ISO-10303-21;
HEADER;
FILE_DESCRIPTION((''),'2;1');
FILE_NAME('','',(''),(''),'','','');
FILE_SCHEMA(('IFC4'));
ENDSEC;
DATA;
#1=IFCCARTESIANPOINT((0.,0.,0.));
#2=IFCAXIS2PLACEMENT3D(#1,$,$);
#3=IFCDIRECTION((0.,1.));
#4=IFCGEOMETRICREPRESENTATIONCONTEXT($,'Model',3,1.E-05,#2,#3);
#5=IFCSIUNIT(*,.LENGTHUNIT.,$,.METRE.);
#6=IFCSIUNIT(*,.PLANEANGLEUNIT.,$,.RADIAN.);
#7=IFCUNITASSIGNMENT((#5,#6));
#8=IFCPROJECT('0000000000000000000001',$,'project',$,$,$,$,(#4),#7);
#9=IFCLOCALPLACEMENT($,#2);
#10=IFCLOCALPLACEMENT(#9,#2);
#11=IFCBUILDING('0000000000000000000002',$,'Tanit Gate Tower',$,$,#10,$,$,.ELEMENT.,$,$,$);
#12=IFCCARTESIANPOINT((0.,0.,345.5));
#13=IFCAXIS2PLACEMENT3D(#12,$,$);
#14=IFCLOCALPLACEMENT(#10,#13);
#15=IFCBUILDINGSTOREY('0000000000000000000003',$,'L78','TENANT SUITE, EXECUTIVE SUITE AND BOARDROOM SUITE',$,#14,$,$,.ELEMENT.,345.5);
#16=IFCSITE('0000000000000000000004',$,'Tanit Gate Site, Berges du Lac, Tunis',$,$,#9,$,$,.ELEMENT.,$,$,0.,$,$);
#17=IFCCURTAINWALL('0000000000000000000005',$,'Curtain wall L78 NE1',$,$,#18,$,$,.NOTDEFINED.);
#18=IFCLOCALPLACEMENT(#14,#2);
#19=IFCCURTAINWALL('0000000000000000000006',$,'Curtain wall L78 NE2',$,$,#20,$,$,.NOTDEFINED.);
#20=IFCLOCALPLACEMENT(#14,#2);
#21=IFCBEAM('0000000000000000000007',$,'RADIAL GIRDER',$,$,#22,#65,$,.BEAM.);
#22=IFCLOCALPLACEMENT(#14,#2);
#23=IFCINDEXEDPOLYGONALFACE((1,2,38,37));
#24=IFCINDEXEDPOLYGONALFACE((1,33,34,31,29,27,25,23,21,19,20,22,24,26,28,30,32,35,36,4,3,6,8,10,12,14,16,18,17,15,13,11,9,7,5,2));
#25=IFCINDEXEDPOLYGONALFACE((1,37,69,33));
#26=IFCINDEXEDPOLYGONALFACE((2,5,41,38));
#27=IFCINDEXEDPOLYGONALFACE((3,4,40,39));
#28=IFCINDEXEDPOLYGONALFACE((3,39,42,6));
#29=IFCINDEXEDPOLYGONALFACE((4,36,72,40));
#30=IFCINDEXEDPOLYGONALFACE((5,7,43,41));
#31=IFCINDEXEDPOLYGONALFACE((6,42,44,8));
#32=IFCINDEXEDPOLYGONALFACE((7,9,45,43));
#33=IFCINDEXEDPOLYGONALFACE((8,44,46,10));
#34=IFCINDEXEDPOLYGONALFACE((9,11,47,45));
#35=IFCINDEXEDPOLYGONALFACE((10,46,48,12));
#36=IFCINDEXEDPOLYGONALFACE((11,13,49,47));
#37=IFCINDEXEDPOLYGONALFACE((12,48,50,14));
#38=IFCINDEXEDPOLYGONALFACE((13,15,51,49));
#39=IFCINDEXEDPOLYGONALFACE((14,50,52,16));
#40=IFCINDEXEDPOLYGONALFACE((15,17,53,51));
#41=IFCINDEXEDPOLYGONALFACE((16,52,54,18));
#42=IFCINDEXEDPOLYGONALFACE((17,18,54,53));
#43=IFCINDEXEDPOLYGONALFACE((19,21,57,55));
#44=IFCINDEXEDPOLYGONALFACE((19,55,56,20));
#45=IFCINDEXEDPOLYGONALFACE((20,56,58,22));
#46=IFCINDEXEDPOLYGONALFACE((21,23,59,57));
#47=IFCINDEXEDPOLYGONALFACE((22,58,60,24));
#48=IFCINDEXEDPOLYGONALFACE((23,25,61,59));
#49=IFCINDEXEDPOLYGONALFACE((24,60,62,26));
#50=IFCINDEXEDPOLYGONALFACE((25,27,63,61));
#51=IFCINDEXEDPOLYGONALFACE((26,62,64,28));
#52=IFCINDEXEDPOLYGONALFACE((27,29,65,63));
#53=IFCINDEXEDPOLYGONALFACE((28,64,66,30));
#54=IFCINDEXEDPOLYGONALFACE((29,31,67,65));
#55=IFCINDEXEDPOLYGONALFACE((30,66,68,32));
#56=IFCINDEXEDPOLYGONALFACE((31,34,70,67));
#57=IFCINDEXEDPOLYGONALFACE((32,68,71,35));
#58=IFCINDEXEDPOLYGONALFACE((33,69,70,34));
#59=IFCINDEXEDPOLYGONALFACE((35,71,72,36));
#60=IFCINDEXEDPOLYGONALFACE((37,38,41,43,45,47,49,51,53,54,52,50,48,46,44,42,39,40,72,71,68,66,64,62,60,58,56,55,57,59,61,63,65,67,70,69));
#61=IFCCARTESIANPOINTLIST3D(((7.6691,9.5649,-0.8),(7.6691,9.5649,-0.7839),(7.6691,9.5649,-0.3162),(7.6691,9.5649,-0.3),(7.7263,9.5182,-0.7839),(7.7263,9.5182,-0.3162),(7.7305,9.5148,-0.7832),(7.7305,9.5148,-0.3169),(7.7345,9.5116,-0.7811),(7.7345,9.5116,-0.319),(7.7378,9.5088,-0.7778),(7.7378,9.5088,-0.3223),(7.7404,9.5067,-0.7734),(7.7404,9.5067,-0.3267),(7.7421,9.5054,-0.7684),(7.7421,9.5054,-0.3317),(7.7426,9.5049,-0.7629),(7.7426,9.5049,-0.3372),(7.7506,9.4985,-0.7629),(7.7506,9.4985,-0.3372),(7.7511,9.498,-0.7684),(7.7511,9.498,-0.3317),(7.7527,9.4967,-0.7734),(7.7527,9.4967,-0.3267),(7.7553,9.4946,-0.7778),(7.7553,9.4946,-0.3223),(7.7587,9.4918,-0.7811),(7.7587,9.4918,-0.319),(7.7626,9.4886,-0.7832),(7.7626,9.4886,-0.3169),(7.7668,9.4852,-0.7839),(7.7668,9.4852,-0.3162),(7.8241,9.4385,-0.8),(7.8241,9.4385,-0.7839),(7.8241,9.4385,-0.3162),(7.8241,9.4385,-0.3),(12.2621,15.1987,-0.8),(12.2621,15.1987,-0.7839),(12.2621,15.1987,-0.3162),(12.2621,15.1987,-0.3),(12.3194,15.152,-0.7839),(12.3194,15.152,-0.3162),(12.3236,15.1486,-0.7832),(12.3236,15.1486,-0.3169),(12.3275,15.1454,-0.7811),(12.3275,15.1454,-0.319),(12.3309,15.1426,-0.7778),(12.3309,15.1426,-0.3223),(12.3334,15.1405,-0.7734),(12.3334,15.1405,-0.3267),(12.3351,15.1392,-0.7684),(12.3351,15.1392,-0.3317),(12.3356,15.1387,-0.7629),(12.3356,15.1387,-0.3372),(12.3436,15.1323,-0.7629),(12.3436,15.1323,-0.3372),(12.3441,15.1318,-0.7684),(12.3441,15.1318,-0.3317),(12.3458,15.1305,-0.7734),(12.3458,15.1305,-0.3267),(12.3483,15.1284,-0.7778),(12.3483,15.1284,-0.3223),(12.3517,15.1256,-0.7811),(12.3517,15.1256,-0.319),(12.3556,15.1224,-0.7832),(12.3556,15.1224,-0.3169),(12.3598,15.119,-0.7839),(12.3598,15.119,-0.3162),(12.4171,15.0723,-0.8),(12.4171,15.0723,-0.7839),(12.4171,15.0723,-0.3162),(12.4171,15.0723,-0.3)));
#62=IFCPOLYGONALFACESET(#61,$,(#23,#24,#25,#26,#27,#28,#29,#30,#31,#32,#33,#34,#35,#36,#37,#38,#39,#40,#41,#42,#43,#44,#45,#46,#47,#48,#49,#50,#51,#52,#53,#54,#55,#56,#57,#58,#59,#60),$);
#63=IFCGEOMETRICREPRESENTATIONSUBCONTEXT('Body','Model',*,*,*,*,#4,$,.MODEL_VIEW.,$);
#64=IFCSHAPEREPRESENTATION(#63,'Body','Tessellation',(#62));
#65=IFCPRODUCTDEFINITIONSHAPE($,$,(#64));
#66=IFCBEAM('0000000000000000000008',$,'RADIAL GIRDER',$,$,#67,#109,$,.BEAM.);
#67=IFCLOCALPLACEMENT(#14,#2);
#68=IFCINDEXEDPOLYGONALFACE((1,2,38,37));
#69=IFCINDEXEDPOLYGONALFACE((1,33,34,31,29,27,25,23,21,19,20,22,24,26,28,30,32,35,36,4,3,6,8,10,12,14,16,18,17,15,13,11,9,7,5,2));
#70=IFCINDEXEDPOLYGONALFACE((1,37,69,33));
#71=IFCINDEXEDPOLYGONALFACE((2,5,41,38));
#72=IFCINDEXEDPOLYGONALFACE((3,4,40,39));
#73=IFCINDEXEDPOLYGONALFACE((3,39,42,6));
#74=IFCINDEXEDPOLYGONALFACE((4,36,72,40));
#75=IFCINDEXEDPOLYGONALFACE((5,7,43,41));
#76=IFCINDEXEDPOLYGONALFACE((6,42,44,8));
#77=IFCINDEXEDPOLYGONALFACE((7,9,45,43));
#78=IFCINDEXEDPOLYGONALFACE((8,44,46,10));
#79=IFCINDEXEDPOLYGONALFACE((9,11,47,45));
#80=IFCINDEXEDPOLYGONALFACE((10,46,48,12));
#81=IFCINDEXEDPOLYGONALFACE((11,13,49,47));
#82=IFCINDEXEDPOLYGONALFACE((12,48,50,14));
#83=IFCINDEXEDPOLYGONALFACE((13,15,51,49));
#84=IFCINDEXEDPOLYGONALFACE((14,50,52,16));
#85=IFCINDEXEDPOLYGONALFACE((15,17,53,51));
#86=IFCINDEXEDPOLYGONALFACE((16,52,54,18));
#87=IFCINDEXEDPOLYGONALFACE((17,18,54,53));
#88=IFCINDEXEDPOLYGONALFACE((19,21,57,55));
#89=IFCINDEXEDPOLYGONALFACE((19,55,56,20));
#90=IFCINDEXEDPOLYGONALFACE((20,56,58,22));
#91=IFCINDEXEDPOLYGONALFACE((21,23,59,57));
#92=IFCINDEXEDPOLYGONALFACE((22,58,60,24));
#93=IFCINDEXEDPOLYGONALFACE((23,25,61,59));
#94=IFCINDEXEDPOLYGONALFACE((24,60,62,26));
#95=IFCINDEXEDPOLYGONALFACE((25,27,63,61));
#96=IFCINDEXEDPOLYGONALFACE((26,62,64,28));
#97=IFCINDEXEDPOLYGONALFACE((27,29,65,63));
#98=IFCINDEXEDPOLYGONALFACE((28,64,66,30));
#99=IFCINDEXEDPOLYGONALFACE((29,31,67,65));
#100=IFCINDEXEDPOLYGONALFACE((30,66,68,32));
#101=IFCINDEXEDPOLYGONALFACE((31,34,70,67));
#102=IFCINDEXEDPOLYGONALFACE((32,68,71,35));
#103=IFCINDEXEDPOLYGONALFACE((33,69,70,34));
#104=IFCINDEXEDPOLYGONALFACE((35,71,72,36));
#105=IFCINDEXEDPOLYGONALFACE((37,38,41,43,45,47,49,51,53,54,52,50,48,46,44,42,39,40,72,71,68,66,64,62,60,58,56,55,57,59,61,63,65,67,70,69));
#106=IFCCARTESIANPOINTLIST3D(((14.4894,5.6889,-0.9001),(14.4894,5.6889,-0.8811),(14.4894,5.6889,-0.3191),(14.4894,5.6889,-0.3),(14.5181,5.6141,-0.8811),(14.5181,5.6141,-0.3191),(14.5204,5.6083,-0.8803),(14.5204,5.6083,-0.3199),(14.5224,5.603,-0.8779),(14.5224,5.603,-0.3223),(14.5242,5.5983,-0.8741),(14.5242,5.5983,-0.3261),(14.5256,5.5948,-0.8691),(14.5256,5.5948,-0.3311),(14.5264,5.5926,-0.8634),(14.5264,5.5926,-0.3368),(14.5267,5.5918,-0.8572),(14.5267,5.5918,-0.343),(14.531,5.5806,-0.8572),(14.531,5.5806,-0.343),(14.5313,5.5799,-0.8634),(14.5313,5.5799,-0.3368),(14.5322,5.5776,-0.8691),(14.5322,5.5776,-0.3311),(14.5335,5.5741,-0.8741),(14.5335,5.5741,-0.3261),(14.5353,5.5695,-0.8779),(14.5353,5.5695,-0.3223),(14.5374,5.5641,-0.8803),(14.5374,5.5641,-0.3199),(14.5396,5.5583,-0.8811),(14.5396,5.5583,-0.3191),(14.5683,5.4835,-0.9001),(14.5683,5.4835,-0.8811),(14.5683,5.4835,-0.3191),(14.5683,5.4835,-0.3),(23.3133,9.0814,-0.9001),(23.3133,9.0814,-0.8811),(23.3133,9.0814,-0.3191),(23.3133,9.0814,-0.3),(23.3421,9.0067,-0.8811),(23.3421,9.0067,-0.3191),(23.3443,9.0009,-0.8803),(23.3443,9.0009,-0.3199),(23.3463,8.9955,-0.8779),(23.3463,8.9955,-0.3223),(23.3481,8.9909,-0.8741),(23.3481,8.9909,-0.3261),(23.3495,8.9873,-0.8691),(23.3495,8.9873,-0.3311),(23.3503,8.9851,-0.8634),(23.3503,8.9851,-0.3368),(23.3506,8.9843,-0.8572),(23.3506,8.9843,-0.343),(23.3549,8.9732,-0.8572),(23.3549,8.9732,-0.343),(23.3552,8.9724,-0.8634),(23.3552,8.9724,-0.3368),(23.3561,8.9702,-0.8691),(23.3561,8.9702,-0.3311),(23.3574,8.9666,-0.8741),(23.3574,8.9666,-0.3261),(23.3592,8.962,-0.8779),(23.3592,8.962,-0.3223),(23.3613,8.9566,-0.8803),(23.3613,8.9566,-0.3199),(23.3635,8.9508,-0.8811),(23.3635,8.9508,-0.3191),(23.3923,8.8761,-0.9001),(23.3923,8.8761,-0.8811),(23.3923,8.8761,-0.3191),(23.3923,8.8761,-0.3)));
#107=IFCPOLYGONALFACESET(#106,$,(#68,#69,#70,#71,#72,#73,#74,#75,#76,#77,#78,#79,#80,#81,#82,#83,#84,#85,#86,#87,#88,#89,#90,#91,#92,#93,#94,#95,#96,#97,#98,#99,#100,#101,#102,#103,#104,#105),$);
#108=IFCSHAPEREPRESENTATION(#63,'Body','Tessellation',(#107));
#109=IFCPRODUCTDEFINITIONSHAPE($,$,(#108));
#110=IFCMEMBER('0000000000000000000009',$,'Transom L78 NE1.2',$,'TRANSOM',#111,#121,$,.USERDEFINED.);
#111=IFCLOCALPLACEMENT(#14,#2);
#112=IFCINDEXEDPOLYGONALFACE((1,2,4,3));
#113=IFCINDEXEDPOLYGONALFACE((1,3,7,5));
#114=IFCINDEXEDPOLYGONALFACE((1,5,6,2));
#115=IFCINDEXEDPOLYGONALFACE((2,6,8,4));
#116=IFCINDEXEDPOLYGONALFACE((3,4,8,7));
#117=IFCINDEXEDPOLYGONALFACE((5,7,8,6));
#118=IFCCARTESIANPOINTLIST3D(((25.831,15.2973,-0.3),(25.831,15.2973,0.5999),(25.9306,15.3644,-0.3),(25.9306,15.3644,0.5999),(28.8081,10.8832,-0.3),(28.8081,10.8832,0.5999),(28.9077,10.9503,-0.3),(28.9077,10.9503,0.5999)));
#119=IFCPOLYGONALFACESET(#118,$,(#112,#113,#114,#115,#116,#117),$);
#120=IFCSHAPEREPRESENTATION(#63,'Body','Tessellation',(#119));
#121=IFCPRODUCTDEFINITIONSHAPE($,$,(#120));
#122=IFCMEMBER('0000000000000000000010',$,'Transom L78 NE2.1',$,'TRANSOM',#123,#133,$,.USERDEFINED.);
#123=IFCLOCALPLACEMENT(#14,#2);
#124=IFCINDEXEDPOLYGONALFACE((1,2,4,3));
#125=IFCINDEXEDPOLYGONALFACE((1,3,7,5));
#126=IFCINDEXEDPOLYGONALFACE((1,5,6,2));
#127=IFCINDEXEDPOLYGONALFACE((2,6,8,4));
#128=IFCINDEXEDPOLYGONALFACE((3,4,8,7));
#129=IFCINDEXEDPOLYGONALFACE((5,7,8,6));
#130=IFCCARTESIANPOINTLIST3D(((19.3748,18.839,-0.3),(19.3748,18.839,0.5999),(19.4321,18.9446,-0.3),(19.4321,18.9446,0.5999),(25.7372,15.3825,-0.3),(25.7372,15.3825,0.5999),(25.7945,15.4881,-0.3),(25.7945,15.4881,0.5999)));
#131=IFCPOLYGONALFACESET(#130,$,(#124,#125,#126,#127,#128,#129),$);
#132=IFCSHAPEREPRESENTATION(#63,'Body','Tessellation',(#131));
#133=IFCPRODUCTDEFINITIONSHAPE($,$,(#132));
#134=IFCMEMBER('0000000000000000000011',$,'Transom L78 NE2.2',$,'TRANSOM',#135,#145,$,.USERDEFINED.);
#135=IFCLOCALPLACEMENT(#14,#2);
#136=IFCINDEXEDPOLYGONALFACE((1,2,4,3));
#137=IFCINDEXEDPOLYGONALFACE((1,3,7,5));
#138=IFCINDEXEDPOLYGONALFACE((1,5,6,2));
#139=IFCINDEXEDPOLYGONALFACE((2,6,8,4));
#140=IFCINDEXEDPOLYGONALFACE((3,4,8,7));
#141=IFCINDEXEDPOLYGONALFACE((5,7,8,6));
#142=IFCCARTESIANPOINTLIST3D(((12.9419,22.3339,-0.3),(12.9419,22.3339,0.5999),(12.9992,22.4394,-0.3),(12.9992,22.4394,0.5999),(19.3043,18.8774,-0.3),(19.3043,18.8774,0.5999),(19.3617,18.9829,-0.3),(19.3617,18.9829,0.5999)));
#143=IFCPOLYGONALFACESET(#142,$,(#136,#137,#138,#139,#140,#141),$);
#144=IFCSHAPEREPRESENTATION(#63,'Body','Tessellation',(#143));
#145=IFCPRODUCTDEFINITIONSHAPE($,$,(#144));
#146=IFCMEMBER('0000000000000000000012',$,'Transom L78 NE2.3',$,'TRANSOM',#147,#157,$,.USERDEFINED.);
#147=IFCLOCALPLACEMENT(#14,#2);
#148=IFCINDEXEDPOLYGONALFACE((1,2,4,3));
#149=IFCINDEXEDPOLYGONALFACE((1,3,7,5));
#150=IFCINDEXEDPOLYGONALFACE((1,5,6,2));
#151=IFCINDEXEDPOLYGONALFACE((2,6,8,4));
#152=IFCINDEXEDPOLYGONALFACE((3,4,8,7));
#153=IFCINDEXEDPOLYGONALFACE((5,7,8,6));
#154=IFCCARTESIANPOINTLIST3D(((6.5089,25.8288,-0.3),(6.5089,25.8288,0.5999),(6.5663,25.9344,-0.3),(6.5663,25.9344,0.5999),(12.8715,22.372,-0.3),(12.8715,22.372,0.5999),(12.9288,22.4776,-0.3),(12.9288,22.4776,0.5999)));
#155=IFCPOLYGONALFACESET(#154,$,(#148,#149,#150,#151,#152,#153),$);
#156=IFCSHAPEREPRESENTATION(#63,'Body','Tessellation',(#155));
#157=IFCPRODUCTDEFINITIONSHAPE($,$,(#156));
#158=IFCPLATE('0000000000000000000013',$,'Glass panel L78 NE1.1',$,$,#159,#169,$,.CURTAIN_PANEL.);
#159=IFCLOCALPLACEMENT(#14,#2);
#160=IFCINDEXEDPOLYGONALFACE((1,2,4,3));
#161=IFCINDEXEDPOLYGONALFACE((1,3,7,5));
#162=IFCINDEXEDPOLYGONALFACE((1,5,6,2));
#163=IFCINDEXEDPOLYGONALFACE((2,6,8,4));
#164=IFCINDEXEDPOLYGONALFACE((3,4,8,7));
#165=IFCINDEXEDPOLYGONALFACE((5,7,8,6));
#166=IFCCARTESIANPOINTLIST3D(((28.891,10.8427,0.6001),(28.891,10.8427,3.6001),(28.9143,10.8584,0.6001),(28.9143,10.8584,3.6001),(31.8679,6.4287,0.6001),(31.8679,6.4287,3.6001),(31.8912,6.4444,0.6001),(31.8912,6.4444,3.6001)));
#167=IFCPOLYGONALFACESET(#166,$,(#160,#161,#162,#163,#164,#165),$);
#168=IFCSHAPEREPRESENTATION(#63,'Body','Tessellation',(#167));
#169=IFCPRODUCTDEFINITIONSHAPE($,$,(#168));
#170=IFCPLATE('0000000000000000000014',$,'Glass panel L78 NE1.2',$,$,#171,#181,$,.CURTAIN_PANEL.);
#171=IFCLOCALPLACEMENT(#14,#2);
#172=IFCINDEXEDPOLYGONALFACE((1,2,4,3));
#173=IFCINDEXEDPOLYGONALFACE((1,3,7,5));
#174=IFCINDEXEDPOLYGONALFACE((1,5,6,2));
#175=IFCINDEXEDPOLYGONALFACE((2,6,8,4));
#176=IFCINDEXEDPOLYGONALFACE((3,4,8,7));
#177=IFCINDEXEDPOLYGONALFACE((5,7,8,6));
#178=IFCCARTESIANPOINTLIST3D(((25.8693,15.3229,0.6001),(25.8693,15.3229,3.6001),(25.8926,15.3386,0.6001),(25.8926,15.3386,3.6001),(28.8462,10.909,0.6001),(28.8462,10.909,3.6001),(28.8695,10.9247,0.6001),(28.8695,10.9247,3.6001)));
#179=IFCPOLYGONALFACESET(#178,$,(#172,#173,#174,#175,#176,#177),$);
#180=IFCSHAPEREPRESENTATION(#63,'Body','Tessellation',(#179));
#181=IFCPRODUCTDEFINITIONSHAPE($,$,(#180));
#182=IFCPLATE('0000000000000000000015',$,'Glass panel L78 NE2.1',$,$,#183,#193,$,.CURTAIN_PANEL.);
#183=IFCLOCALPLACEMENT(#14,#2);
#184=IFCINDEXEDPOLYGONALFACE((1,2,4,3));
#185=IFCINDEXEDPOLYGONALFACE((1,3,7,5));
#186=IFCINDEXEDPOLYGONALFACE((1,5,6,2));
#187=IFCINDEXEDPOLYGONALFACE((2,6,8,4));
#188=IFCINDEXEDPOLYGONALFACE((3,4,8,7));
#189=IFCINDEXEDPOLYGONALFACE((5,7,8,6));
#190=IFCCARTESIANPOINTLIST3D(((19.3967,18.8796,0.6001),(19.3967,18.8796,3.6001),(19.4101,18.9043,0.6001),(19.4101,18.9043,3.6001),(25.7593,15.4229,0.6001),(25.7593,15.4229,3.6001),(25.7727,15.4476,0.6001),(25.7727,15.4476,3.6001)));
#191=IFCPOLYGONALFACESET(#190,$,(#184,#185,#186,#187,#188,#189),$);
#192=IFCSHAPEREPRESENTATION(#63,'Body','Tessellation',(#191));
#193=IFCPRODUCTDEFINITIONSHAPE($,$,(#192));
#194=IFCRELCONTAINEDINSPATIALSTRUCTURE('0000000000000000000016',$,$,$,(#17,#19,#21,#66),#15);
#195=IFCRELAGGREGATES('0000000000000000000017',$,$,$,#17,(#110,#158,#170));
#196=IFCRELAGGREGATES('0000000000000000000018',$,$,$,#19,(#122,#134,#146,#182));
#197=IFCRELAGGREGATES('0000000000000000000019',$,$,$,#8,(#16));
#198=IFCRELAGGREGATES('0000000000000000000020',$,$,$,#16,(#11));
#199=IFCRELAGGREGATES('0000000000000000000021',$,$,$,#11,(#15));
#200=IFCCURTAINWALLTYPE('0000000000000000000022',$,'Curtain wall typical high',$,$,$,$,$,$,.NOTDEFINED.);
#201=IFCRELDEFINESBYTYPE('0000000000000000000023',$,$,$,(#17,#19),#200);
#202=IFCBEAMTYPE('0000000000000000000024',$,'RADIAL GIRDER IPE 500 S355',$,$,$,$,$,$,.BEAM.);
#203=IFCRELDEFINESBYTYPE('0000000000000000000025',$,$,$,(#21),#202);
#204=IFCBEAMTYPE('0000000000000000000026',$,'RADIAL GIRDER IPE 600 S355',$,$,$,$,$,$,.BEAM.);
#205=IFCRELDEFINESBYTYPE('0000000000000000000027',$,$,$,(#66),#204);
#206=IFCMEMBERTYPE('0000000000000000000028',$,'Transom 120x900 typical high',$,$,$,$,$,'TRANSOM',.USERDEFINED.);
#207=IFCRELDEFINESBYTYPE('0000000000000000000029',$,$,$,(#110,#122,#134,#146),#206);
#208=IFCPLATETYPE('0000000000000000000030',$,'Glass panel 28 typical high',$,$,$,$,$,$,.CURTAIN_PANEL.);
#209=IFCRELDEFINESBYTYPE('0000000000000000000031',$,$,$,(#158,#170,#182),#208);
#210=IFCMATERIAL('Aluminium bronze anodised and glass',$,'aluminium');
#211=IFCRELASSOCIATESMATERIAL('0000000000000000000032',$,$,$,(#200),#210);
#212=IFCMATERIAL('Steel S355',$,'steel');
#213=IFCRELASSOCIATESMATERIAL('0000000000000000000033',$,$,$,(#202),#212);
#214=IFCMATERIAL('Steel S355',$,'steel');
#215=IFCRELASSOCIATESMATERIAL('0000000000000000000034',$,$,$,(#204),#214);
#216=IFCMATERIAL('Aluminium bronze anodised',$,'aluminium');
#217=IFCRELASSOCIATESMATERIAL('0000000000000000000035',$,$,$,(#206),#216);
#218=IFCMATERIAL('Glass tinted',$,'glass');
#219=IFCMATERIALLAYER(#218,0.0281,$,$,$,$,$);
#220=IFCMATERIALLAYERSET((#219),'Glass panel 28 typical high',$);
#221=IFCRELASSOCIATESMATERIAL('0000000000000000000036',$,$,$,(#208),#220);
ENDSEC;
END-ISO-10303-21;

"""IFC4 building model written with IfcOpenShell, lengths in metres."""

from ifc_helpers import new_model, si_unit, direction, frame, origin, origin_2d, place, context, subcontext, project, spatial, rectangle, i_section, extrude, material, layer, layer_set, material_profile, profile_set, type_object, element, aggregate, save


model = new_model("IFC4")

# Units and contexts
model_context = context("Model", 3, precision=1e-05, world=origin(), true_north=direction((0.0, 1.0)))
body_context = subcontext(model_context, "Body", "Model", "MODEL_VIEW")
ifc_project = project(units=[si_unit("LENGTHUNIT", "METRE"), si_unit("PLANEANGLEUNIT", "RADIAN")], contexts=[model_context])

# Site, building, storey
site_placement = place(None, origin())
site = spatial("IfcSite", under=ifc_project, at=site_placement, Name="Tanit Gate Site, Berges du Lac, Tunis", CompositionType="ELEMENT", RefElevation=0.0)
building_placement = place(site_placement, origin())
building = spatial("IfcBuilding", under=site, at=building_placement, Name="Tanit Gate Tower", CompositionType="ELEMENT")
storey_placement = place(building_placement, frame((0.0, 0.0, 345.5)))
storey = spatial("IfcBuildingStorey", under=building, at=storey_placement, Name="L78", Description="TENANT SUITE, EXECUTIVE SUITE AND BOARDROOM SUITE", CompositionType="ELEMENT", Elevation=345.5)

# Curtain wall
ifc_material_1 = material(Name="Aluminium bronze anodised and glass", Category="aluminium")
curtain_wall_type = type_object("IfcCurtainWallType", Name="Curtain wall typical high", PredefinedType="NOTDEFINED", material=ifc_material_1)
curtain_wall_1_placement = place(storey_placement, origin())
curtain_wall_1 = element("IfcCurtainWall", 1, at=curtain_wall_1_placement, inside=storey, type_object=curtain_wall_type, Name="Curtain wall L78 NE1", PredefinedType="NOTDEFINED")

# Curtain wall
curtain_wall_2_placement = place(storey_placement, origin())
curtain_wall_2 = element("IfcCurtainWall", 2, at=curtain_wall_2_placement, inside=storey, type_object=curtain_wall_type, Name="Curtain wall L78 NE2", PredefinedType="NOTDEFINED")

# Beams
ifc_material_2 = material(Name="Steel S355", Category="steel")
ifc_material_profile_1 = material_profile(ifc_material_2, i_section(OverallWidth=0.2, OverallDepth=0.5, WebThickness=0.0103, FlangeThickness=0.0161, FilletRadius=0.021, at=origin_2d()), Name="IPE 500")
ifc_profile_set_1 = profile_set([ifc_material_profile_1], Name="Steel S355")
beam_type_1 = type_object("IfcBeamType", Name="RADIAL GIRDER IPE 500 S355", PredefinedType="BEAM", material=ifc_profile_set_1)
beam_1_placement = place(storey_placement, frame((12.3396, 15.1355, -0.55), z_axis=(-0.631882, -0.775065, 0.0), x_axis=(0.775065, -0.631882, 0.0)))
element("IfcBeam", 3, at=beam_1_placement, inside=storey, type_object=beam_type_1, Name="RADIAL GIRDER", PredefinedType="BEAM", context=body_context, shape_type="SweptSolid", body=[
    extrude(i_section(OverallWidth=0.2, OverallDepth=0.5, WebThickness=0.0103, FlangeThickness=0.0161, FilletRadius=0.021, at=origin_2d()), origin(), (0.0, 0.0, 1.0), 7.2688),
])
ifc_material_3 = material(Name="Steel S355", Category="steel")
ifc_material_profile_2 = material_profile(ifc_material_3, i_section(OverallWidth=0.22, OverallDepth=0.6001, WebThickness=0.012, FlangeThickness=0.019, FilletRadius=0.0239, at=origin_2d()), Name="IPE 600")
ifc_profile_set_2 = profile_set([ifc_material_profile_2], Name="Steel S355")
beam_type_2 = type_object("IfcBeamType", Name="RADIAL GIRDER IPE 600 S355", PredefinedType="BEAM", material=ifc_profile_set_2)
beam_2_placement = place(storey_placement, frame((23.3528, 8.9788, -0.6001), z_axis=(-0.93339, -0.358863, 0.0), x_axis=(0.358863, -0.93339, 0.0)))
element("IfcBeam", 4, at=beam_2_placement, inside=storey, type_object=beam_type_2, Name="RADIAL GIRDER", PredefinedType="BEAM", context=body_context, shape_type="SweptSolid", body=[
    extrude(i_section(OverallWidth=0.22, OverallDepth=0.6001, WebThickness=0.012, FlangeThickness=0.019, FilletRadius=0.0239, at=origin_2d()), origin(), (0.0, 0.0, 1.0), 9.4536),
])

# Members
ifc_material_4 = material(Name="Aluminium bronze anodised", Category="aluminium")
ifc_material_profile_3 = material_profile(ifc_material_4, rectangle(XDim=0.1201, YDim=0.8999, at=origin_2d()), Name="120x900 bronze transom")
ifc_profile_set_3 = profile_set([ifc_material_profile_3], Name="Aluminium bronze anodised")
member_type_1 = type_object("IfcMemberType", Name="Transom 120x900 typical high", ElementType="TRANSOM", PredefinedType="USERDEFINED", material=ifc_profile_set_3)
member_1_placement = place(storey_placement, frame((28.8579, 10.9167, 0.1499), z_axis=(-0.559158, 0.829061, 0.0), x_axis=(-0.829061, -0.559158, 0.0)))
member_1 = element("IfcMember", 5, at=member_1_placement, type_object=member_type_1, Name="Transom L78 NE1.2", ObjectType="TRANSOM", PredefinedType="USERDEFINED", context=body_context, shape_type="SweptSolid", body=[
    extrude(rectangle(XDim=0.1201, YDim=0.8999, at=origin_2d()), origin(), (0.0, 0.0, 1.0), 5.3242),
])
member_2_placement = place(storey_placement, frame((25.7659, 15.4353, 0.1499), z_axis=(-0.878704, 0.477368, 0.0), x_axis=(-0.477368, -0.878704, 0.0)))
member_2 = element("IfcMember", 6, at=member_2_placement, type_object=member_type_1, Name="Transom L78 NE2.1", ObjectType="TRANSOM", PredefinedType="USERDEFINED", context=body_context, shape_type="SweptSolid", body=[
    extrude(rectangle(XDim=0.1201, YDim=0.8999, at=origin_2d()), origin(), (0.0, 0.0, 1.0), 7.2407),
])
member_3_placement = place(storey_placement, frame((19.333, 18.9302, 0.1499), z_axis=(-0.878704, 0.477368, 0.0), x_axis=(-0.477368, -0.878704, 0.0)))
member_3 = element("IfcMember", 7, at=member_3_placement, type_object=member_type_1, Name="Transom L78 NE2.2", ObjectType="TRANSOM", PredefinedType="USERDEFINED", context=body_context, shape_type="SweptSolid", body=[
    extrude(rectangle(XDim=0.1201, YDim=0.8999, at=origin_2d()), origin(), (0.0, 0.0, 1.0), 7.2407),
])
member_4_placement = place(storey_placement, frame((12.9001, 22.4248, 0.1499), z_axis=(-0.878689, 0.477394, 0.0), x_axis=(-0.477394, -0.878689, 0.0)))
member_4 = element("IfcMember", 8, at=member_4_placement, type_object=member_type_1, Name="Transom L78 NE2.3", ObjectType="TRANSOM", PredefinedType="USERDEFINED", context=body_context, shape_type="SweptSolid", body=[
    extrude(rectangle(XDim=0.1201, YDim=0.8999, at=origin_2d()), origin(), (0.0, 0.0, 1.0), 7.241),
])

# Plates
ifc_material_5 = material(Name="Glass tinted", Category="glass")
ifc_layer = layer(ifc_material_5, 0.0281)
ifc_layer_set = layer_set([ifc_layer], Name="Glass panel 28 typical high")
plate_type = type_object("IfcPlateType", Name="Glass panel 28 typical high", PredefinedType="CURTAIN_PANEL", material=ifc_layer_set)
plate_1_placement = place(storey_placement, frame((30.3911, 8.6436, 0.6001), z_axis=(0.0, 0.0, 1.0), x_axis=(-0.559148, 0.829068, 0.0)))
plate_1 = element("IfcPlate", 9, at=plate_1_placement, type_object=plate_type, Name="Glass panel L78 NE1.1", PredefinedType="CURTAIN_PANEL", context=body_context, shape_type="SweptSolid", body=[
    extrude(rectangle(XDim=5.324, YDim=0.0281, at=origin_2d()), origin(), (0.0, 0.0, 1.0), 3.0),
])
plate_2_placement = place(storey_placement, frame((27.3694, 13.1238, 0.6001), z_axis=(0.0, 0.0, 1.0), x_axis=(-0.559148, 0.829068, 0.0)))
plate_2 = element("IfcPlate", 10, at=plate_2_placement, type_object=plate_type, Name="Glass panel L78 NE1.2", PredefinedType="CURTAIN_PANEL", context=body_context, shape_type="SweptSolid", body=[
    extrude(rectangle(XDim=5.324, YDim=0.0281, at=origin_2d()), origin(), (0.0, 0.0, 1.0), 3.0),
])
aggregate(curtain_wall_1, [member_1, plate_1, plate_2])
plate_3_placement = place(storey_placement, frame((22.5847, 17.1636, 0.6001), z_axis=(0.0, 0.0, 1.0), x_axis=(-0.878696, 0.477381, 0.0)))
plate_3 = element("IfcPlate", 11, at=plate_3_placement, type_object=plate_type, Name="Glass panel L78 NE2.1", PredefinedType="CURTAIN_PANEL", context=body_context, shape_type="SweptSolid", body=[
    extrude(rectangle(XDim=7.241, YDim=0.0281, at=origin_2d()), origin(), (0.0, 0.0, 1.0), 3.0),
])
aggregate(curtain_wall_2, [member_2, member_3, member_4, plate_3])

save(model, "model.ifc")
